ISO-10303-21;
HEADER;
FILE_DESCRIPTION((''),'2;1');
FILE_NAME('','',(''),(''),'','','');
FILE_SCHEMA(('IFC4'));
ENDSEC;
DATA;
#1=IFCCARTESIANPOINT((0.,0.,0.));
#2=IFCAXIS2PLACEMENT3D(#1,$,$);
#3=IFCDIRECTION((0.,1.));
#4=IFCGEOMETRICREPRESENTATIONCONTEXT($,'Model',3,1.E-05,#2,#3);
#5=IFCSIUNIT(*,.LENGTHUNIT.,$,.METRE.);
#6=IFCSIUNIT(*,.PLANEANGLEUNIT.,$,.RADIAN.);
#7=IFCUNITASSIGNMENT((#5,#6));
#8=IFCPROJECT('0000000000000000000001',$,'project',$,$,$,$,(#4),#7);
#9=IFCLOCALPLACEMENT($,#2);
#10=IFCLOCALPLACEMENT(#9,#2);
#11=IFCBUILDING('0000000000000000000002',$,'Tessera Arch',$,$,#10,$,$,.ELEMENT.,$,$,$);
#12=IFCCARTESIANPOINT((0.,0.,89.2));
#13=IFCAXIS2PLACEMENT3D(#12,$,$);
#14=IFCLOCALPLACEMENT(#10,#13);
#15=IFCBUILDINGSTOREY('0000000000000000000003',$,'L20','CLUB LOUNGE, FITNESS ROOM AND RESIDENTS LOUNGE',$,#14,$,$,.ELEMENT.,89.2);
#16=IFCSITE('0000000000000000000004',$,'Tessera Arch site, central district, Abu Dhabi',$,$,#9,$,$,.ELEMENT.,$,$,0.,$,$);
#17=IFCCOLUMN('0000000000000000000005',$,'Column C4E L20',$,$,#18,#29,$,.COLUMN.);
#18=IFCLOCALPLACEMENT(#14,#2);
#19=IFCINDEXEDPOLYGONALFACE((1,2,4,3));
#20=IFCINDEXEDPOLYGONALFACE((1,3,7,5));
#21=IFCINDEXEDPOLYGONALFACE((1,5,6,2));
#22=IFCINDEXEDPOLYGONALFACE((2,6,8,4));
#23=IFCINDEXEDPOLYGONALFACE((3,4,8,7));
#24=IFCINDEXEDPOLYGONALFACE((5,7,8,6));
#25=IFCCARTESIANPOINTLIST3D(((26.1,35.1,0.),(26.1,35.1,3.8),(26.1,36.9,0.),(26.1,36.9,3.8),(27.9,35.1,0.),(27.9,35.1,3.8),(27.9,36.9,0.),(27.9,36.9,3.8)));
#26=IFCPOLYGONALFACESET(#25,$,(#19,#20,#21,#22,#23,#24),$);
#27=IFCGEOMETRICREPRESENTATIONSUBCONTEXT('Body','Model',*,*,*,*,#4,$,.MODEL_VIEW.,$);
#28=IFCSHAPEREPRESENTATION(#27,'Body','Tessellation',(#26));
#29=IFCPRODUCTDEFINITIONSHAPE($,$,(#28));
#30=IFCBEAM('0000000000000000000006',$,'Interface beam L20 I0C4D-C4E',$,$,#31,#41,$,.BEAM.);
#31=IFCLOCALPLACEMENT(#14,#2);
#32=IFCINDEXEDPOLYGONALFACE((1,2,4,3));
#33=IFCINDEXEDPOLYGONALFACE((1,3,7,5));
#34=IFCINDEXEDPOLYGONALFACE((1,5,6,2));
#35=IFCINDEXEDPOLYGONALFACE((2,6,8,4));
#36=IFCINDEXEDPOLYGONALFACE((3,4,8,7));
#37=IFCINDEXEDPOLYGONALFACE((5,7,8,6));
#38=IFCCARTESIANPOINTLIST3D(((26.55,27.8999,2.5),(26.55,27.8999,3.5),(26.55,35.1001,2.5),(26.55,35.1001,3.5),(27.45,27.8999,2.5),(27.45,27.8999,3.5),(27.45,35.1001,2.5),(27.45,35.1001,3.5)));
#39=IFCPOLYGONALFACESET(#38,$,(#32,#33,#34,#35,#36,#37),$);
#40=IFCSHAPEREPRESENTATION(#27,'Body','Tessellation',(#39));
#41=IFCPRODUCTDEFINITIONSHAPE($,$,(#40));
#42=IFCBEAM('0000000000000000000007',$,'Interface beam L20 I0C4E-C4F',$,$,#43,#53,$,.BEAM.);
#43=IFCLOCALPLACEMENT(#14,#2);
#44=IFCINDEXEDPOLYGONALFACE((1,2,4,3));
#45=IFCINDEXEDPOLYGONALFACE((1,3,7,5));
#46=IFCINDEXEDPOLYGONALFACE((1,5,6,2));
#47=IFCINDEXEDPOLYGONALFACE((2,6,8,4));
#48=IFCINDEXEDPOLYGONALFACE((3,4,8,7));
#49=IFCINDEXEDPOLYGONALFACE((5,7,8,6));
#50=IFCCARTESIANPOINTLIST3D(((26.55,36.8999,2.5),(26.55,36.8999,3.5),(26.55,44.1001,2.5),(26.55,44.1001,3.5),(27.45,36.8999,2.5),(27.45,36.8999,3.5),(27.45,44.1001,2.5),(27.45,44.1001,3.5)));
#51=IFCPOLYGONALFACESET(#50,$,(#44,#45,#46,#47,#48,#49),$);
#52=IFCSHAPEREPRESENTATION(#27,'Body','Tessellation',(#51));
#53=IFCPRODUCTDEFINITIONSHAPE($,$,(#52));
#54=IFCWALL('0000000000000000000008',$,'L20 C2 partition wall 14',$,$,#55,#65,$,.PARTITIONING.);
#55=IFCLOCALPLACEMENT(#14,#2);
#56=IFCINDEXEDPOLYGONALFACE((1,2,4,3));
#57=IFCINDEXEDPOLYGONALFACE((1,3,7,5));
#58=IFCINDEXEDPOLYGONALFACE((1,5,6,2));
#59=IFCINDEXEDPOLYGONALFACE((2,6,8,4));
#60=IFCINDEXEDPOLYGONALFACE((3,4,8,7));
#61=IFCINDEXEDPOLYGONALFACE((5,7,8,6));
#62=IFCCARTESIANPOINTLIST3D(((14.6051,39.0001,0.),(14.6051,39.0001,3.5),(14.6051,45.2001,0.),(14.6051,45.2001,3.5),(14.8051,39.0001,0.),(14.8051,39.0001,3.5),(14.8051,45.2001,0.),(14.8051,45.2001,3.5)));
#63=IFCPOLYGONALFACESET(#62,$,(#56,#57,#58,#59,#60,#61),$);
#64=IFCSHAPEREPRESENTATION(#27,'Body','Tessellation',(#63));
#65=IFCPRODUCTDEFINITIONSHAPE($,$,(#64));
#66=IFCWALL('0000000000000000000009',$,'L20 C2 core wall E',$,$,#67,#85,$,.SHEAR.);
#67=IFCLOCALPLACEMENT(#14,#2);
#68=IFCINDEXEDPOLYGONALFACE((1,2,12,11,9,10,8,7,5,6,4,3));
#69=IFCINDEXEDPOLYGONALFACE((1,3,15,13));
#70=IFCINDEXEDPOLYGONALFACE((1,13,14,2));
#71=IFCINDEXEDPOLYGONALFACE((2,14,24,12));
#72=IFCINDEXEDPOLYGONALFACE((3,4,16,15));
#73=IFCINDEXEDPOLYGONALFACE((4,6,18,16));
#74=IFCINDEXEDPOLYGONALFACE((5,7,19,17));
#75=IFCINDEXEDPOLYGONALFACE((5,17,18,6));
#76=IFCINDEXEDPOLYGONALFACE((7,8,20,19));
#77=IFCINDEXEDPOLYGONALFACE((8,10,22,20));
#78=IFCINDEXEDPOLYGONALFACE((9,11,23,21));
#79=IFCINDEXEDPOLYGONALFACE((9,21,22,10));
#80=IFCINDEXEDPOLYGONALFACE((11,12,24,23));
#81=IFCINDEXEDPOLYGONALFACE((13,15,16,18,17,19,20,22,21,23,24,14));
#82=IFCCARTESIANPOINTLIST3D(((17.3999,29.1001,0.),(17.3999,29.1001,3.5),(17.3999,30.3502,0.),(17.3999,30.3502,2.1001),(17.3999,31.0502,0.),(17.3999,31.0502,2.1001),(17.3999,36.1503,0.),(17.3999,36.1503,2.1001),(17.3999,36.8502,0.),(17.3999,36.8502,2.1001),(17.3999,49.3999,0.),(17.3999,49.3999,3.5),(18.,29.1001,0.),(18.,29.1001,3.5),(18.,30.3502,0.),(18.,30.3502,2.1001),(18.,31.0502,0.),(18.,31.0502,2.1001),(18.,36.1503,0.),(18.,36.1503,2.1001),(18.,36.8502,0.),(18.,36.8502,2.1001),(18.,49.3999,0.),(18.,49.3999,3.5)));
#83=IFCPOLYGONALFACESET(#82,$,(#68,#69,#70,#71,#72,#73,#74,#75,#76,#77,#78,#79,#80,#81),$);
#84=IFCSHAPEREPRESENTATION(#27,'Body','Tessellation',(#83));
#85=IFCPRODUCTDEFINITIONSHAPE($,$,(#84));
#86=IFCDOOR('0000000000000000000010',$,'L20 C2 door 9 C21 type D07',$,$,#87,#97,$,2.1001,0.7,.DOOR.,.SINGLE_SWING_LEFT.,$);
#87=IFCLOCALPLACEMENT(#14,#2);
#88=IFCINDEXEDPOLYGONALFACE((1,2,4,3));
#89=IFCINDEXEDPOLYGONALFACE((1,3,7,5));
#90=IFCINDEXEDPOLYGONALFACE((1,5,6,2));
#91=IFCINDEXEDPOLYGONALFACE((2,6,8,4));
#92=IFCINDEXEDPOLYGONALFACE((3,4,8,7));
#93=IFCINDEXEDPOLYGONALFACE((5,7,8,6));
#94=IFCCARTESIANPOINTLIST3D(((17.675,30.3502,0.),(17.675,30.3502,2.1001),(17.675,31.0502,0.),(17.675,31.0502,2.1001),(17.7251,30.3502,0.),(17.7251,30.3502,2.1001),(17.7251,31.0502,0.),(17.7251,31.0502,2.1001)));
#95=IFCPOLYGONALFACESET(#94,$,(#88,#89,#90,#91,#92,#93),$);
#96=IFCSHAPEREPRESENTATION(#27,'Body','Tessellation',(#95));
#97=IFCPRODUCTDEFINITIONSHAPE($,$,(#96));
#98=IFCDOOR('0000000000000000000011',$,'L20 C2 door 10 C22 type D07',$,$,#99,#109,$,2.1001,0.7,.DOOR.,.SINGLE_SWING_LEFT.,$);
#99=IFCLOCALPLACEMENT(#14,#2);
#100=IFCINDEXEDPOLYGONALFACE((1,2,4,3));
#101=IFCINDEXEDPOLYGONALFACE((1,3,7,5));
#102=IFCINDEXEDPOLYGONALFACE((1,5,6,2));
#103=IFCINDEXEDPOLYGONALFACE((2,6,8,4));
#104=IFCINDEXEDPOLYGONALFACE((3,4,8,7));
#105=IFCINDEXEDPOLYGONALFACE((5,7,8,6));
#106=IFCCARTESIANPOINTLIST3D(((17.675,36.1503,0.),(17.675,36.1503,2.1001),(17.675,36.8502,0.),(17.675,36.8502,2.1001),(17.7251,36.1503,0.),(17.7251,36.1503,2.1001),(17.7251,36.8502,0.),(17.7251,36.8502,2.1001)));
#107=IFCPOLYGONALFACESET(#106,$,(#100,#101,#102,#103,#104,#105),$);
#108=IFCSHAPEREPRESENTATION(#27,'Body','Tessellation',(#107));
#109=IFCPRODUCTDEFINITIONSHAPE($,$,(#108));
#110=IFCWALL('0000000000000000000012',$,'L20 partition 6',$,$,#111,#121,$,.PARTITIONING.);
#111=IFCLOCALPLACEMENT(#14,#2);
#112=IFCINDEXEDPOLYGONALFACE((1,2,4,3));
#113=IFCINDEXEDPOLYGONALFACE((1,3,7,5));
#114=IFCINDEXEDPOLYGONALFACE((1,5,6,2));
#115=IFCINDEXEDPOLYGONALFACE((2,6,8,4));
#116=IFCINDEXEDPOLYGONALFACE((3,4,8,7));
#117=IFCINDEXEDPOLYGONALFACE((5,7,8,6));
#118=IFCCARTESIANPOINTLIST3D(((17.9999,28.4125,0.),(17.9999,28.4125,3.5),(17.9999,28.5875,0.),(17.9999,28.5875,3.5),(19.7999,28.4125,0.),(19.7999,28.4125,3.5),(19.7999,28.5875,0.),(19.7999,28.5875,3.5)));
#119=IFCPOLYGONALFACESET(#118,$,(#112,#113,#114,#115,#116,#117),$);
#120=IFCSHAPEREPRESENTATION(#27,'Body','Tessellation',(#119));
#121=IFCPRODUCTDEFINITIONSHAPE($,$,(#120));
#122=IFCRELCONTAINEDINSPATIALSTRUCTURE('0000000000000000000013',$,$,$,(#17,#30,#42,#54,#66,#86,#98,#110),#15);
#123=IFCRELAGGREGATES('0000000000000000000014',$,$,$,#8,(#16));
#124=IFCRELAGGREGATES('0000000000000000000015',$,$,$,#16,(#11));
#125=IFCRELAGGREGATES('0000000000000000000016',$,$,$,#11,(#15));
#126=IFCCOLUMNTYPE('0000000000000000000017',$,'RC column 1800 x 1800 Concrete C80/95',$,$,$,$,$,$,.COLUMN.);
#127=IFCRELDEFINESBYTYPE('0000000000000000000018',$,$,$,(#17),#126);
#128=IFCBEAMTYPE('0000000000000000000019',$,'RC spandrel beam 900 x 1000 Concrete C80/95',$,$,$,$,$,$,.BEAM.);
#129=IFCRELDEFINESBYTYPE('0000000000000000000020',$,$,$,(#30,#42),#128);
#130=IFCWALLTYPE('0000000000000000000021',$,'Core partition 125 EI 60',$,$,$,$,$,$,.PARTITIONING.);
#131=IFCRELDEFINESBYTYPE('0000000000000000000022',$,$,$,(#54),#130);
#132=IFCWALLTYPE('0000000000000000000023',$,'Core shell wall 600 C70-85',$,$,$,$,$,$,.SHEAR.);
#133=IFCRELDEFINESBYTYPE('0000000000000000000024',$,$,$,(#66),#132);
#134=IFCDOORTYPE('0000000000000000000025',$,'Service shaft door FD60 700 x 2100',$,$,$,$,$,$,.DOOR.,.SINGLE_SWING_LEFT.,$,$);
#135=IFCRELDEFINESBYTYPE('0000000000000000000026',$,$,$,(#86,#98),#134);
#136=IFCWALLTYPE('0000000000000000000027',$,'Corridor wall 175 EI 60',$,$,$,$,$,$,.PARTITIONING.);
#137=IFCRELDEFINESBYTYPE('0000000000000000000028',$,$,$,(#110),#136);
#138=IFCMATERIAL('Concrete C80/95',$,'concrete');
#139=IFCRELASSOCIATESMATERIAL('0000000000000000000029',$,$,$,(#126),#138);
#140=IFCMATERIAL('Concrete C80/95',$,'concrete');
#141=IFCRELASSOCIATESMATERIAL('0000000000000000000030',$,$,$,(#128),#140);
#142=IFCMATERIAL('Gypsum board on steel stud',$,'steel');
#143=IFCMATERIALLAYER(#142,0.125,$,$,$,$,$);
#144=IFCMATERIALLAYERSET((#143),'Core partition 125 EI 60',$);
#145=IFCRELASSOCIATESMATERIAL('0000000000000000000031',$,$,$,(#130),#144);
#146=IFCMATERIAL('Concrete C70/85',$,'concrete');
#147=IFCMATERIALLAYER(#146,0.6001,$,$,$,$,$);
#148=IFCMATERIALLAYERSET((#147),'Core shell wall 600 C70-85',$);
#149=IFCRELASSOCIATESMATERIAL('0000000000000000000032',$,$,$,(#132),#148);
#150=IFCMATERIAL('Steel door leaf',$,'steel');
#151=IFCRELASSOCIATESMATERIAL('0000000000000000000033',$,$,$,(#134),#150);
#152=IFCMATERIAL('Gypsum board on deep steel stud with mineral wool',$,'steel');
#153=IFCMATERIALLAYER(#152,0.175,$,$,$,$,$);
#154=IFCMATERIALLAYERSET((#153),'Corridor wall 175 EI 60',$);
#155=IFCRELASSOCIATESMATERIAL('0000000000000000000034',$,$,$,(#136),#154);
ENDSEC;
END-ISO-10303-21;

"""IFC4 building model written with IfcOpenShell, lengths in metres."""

from ifc_helpers import new_model, si_unit, direction, frame, frame_2d, origin, origin_2d, place, context, subcontext, project, spatial, rectangle, extrude, material, layer, layer_set, material_profile, profile_set, type_object, element, fill, save


model = new_model("IFC4")

# Units and contexts
model_context = context("Model", 3, precision=1e-05, world=origin(), true_north=direction((0.0, 1.0)))
body_context = subcontext(model_context, "Body", "Model", "MODEL_VIEW")
ifc_project = project(units=[si_unit("LENGTHUNIT", "METRE"), si_unit("PLANEANGLEUNIT", "RADIAN")], contexts=[model_context])

# Site, building, storey
site_placement = place(None, origin())
site = spatial("IfcSite", under=ifc_project, at=site_placement, Name="Tessera Arch site, central district, Abu Dhabi", CompositionType="ELEMENT", RefElevation=0.0)
building_placement = place(site_placement, origin())
building = spatial("IfcBuilding", under=site, at=building_placement, Name="Tessera Arch", CompositionType="ELEMENT")
storey_placement = place(building_placement, frame((0.0, 0.0, 89.2)))
storey = spatial("IfcBuildingStorey", under=building, at=storey_placement, Name="L20", Description="CLUB LOUNGE, FITNESS ROOM AND RESIDENTS LOUNGE", CompositionType="ELEMENT", Elevation=89.2)

# Column
ifc_material_1 = material(Name="Concrete C80/95", Category="concrete")
ifc_material_profile_1 = material_profile(ifc_material_1, rectangle(XDim=1.8, YDim=1.8, at=origin_2d()), Name="RC column 1800 x 1800 Concrete C80/95")
ifc_profile_set_1 = profile_set([ifc_material_profile_1], Name="Concrete C80/95")
column_type = type_object("IfcColumnType", Name="RC column 1800 x 1800 Concrete C80/95", PredefinedType="COLUMN", material=ifc_profile_set_1)
column_placement = place(storey_placement, frame((27.0, 36.0, 0.0), z_axis=(0.0, 0.0, 1.0), x_axis=(1.0, 0.0, 0.0)))
element("IfcColumn", 1, at=column_placement, inside=storey, type_object=column_type, Name="Column C4E L20", PredefinedType="COLUMN", context=body_context, shape_type="SweptSolid", body=[
    extrude(rectangle(XDim=1.8, YDim=1.8, at=origin_2d()), origin(), (0.0, 0.0, 1.0), 3.8),
])

# Beams
ifc_material_2 = material(Name="Concrete C80/95", Category="concrete")
ifc_material_profile_2 = material_profile(ifc_material_2, rectangle(XDim=0.8999, YDim=1.0, at=origin_2d()), Name="RC spandrel beam 900 x 1000 Concrete C80/95")
ifc_profile_set_2 = profile_set([ifc_material_profile_2], Name="Concrete C80/95")
beam_type = type_object("IfcBeamType", Name="RC spandrel beam 900 x 1000 Concrete C80/95", PredefinedType="BEAM", material=ifc_profile_set_2)
for number, where, z_axis, x_axis, name in (
    (2, (27.0, 27.8999, 3.0), (0.0, 1.0, 0.0), (-1.0, 0.0, 0.0), "Interface beam L20 I0C4D-C4E"),
    (3, (27.0, 36.8999, 3.0), (0.0, 1.0, 0.0), (-1.0, 0.0, 0.0), "Interface beam L20 I0C4E-C4F"),
):
    element("IfcBeam", number, at=place(storey_placement, frame(where, z_axis=z_axis, x_axis=x_axis)), inside=storey, type_object=beam_type, Name=name, PredefinedType="BEAM", context=body_context, shape_type="SweptSolid", body=[
        extrude(rectangle(XDim=0.8999, YDim=1.0, at=origin_2d()), origin(), (0.0, 0.0, 1.0), 7.2002),
    ])

# Wall
ifc_material_3 = material(Name="Gypsum board on steel stud", Category="steel")
ifc_layer_1 = layer(ifc_material_3, 0.125)
ifc_layer_set_1 = layer_set([ifc_layer_1], Name="Core partition 125 EI 60")
wall_type_1 = type_object("IfcWallType", Name="Core partition 125 EI 60", PredefinedType="PARTITIONING", material=ifc_layer_set_1)
wall_1_placement = place(storey_placement, frame((14.7051, 39.0, 0.0), z_axis=(0.0, 0.0, 1.0), x_axis=(0.0, 1.0, 0.0)))
element("IfcWall", 4, at=wall_1_placement, inside=storey, type_object=wall_type_1, Name="L20 C2 partition wall 14", PredefinedType="PARTITIONING", context=body_context, shape_type="SweptSolid", body=[
    extrude(rectangle(XDim=6.2, YDim=0.2, at=frame_2d((3.1001, 0.0))), origin(), (0.0, 0.0, 1.0), 3.5),
])

# Wall, openings, doors
ifc_material_4 = material(Name="Concrete C70/85", Category="concrete")
ifc_layer_2 = layer(ifc_material_4, 0.6001)
ifc_layer_set_2 = layer_set([ifc_layer_2], Name="Core shell wall 600 C70-85")
wall_type_2 = type_object("IfcWallType", Name="Core shell wall 600 C70-85", PredefinedType="SHEAR", material=ifc_layer_set_2)
wall_2_placement = place(storey_placement, frame((17.7, 29.1001, 0.0), z_axis=(0.0, 0.0, 1.0), x_axis=(0.0, 1.0, 0.0)))
wall_2 = element("IfcWall", 5, at=wall_2_placement, inside=storey, type_object=wall_type_2, Name="L20 C2 core wall E", PredefinedType="SHEAR", context=body_context, shape_type="SweptSolid", body=[
    extrude(rectangle(XDim=20.2998, YDim=0.6001, at=frame_2d((10.1499, 0.0))), origin(), (0.0, 0.0, 1.0), 3.5),
])
opening_1_placement = place(wall_2_placement, frame((1.25, 0.0, 0.0)))
opening_1 = element("IfcOpeningElement", 6, at=opening_1_placement, cuts=wall_2, PredefinedType="OPENING", context=body_context, shape_type="SweptSolid", body=[
    extrude(rectangle(XDim=0.7, YDim=2.1001, at=frame_2d((0.3501, 1.05))), frame((0.0, 0.3101, 0.0), z_axis=(0.0, -1.0, 0.0), x_axis=(1.0, 0.0, 0.0)), (0.0, 0.0, 1.0), 0.6201),
])
opening_2_placement = place(wall_2_placement, frame((7.05, 0.0, 0.0)))
opening_2 = element("IfcOpeningElement", 7, at=opening_2_placement, cuts=wall_2, PredefinedType="OPENING", context=body_context, shape_type="SweptSolid", body=[
    extrude(rectangle(XDim=0.7, YDim=2.1001, at=frame_2d((0.3501, 1.05))), frame((0.0, 0.3101, 0.0), z_axis=(0.0, -1.0, 0.0), x_axis=(1.0, 0.0, 0.0)), (0.0, 0.0, 1.0), 0.6201),
])
ifc_material_5 = material(Name="Steel door leaf", Category="steel")
door_type_1 = type_object("IfcDoorType", Name="Service shaft door FD60 700 x 2100", OperationType="SINGLE_SWING_LEFT", PredefinedType="DOOR", material=ifc_material_5)
door_1_placement = place(opening_1_placement, origin())
door_1 = element("IfcDoor", 8, at=door_1_placement, inside=storey, type_object=door_type_1, Name="L20 C2 door 9 C21 type D07", OperationType="SINGLE_SWING_LEFT", OverallHeight=2.1001, OverallWidth=0.7, PredefinedType="DOOR", context=body_context, shape_type="SweptSolid", body=[
    extrude(rectangle(XDim=0.7, YDim=2.1001, at=frame_2d((0.3501, 1.05))), frame((0.0, 0.0249, 0.0), z_axis=(0.0, -1.0, 0.0), x_axis=(1.0, 0.0, 0.0)), (0.0, 0.0, 1.0), 0.05),
])
fill(opening_1, door_1)
door_2_placement = place(opening_2_placement, origin())
door_2 = element("IfcDoor", 9, at=door_2_placement, inside=storey, type_object=door_type_1, Name="L20 C2 door 10 C22 type D07", OperationType="SINGLE_SWING_LEFT", OverallHeight=2.1001, OverallWidth=0.7, PredefinedType="DOOR", context=body_context, shape_type="SweptSolid", body=[
    extrude(rectangle(XDim=0.7, YDim=2.1001, at=frame_2d((0.3501, 1.05))), frame((0.0, 0.0249, 0.0), z_axis=(0.0, -1.0, 0.0), x_axis=(1.0, 0.0, 0.0)), (0.0, 0.0, 1.0), 0.05),
])
fill(opening_2, door_2)

# Wall
ifc_material_6 = material(Name="Gypsum board on deep steel stud with mineral wool", Category="steel")
ifc_layer_3 = layer(ifc_material_6, 0.175)
ifc_layer_set_3 = layer_set([ifc_layer_3], Name="Corridor wall 175 EI 60")
wall_type_3 = type_object("IfcWallType", Name="Corridor wall 175 EI 60", PredefinedType="PARTITIONING", material=ifc_layer_set_3)
wall_3_placement = place(storey_placement, frame((18.0, 28.5, 0.0), z_axis=(0.0, 0.0, 1.0), x_axis=(1.0, 0.0, 0.0)))
element("IfcWall", 10, at=wall_3_placement, inside=storey, type_object=wall_type_3, Name="L20 partition 6", PredefinedType="PARTITIONING", context=body_context, shape_type="SweptSolid", body=[
    extrude(rectangle(XDim=1.8, YDim=0.175, at=frame_2d((0.8999, 0.0))), origin(), (0.0, 0.0, 1.0), 3.5),
])

save(model, "model.ifc")
